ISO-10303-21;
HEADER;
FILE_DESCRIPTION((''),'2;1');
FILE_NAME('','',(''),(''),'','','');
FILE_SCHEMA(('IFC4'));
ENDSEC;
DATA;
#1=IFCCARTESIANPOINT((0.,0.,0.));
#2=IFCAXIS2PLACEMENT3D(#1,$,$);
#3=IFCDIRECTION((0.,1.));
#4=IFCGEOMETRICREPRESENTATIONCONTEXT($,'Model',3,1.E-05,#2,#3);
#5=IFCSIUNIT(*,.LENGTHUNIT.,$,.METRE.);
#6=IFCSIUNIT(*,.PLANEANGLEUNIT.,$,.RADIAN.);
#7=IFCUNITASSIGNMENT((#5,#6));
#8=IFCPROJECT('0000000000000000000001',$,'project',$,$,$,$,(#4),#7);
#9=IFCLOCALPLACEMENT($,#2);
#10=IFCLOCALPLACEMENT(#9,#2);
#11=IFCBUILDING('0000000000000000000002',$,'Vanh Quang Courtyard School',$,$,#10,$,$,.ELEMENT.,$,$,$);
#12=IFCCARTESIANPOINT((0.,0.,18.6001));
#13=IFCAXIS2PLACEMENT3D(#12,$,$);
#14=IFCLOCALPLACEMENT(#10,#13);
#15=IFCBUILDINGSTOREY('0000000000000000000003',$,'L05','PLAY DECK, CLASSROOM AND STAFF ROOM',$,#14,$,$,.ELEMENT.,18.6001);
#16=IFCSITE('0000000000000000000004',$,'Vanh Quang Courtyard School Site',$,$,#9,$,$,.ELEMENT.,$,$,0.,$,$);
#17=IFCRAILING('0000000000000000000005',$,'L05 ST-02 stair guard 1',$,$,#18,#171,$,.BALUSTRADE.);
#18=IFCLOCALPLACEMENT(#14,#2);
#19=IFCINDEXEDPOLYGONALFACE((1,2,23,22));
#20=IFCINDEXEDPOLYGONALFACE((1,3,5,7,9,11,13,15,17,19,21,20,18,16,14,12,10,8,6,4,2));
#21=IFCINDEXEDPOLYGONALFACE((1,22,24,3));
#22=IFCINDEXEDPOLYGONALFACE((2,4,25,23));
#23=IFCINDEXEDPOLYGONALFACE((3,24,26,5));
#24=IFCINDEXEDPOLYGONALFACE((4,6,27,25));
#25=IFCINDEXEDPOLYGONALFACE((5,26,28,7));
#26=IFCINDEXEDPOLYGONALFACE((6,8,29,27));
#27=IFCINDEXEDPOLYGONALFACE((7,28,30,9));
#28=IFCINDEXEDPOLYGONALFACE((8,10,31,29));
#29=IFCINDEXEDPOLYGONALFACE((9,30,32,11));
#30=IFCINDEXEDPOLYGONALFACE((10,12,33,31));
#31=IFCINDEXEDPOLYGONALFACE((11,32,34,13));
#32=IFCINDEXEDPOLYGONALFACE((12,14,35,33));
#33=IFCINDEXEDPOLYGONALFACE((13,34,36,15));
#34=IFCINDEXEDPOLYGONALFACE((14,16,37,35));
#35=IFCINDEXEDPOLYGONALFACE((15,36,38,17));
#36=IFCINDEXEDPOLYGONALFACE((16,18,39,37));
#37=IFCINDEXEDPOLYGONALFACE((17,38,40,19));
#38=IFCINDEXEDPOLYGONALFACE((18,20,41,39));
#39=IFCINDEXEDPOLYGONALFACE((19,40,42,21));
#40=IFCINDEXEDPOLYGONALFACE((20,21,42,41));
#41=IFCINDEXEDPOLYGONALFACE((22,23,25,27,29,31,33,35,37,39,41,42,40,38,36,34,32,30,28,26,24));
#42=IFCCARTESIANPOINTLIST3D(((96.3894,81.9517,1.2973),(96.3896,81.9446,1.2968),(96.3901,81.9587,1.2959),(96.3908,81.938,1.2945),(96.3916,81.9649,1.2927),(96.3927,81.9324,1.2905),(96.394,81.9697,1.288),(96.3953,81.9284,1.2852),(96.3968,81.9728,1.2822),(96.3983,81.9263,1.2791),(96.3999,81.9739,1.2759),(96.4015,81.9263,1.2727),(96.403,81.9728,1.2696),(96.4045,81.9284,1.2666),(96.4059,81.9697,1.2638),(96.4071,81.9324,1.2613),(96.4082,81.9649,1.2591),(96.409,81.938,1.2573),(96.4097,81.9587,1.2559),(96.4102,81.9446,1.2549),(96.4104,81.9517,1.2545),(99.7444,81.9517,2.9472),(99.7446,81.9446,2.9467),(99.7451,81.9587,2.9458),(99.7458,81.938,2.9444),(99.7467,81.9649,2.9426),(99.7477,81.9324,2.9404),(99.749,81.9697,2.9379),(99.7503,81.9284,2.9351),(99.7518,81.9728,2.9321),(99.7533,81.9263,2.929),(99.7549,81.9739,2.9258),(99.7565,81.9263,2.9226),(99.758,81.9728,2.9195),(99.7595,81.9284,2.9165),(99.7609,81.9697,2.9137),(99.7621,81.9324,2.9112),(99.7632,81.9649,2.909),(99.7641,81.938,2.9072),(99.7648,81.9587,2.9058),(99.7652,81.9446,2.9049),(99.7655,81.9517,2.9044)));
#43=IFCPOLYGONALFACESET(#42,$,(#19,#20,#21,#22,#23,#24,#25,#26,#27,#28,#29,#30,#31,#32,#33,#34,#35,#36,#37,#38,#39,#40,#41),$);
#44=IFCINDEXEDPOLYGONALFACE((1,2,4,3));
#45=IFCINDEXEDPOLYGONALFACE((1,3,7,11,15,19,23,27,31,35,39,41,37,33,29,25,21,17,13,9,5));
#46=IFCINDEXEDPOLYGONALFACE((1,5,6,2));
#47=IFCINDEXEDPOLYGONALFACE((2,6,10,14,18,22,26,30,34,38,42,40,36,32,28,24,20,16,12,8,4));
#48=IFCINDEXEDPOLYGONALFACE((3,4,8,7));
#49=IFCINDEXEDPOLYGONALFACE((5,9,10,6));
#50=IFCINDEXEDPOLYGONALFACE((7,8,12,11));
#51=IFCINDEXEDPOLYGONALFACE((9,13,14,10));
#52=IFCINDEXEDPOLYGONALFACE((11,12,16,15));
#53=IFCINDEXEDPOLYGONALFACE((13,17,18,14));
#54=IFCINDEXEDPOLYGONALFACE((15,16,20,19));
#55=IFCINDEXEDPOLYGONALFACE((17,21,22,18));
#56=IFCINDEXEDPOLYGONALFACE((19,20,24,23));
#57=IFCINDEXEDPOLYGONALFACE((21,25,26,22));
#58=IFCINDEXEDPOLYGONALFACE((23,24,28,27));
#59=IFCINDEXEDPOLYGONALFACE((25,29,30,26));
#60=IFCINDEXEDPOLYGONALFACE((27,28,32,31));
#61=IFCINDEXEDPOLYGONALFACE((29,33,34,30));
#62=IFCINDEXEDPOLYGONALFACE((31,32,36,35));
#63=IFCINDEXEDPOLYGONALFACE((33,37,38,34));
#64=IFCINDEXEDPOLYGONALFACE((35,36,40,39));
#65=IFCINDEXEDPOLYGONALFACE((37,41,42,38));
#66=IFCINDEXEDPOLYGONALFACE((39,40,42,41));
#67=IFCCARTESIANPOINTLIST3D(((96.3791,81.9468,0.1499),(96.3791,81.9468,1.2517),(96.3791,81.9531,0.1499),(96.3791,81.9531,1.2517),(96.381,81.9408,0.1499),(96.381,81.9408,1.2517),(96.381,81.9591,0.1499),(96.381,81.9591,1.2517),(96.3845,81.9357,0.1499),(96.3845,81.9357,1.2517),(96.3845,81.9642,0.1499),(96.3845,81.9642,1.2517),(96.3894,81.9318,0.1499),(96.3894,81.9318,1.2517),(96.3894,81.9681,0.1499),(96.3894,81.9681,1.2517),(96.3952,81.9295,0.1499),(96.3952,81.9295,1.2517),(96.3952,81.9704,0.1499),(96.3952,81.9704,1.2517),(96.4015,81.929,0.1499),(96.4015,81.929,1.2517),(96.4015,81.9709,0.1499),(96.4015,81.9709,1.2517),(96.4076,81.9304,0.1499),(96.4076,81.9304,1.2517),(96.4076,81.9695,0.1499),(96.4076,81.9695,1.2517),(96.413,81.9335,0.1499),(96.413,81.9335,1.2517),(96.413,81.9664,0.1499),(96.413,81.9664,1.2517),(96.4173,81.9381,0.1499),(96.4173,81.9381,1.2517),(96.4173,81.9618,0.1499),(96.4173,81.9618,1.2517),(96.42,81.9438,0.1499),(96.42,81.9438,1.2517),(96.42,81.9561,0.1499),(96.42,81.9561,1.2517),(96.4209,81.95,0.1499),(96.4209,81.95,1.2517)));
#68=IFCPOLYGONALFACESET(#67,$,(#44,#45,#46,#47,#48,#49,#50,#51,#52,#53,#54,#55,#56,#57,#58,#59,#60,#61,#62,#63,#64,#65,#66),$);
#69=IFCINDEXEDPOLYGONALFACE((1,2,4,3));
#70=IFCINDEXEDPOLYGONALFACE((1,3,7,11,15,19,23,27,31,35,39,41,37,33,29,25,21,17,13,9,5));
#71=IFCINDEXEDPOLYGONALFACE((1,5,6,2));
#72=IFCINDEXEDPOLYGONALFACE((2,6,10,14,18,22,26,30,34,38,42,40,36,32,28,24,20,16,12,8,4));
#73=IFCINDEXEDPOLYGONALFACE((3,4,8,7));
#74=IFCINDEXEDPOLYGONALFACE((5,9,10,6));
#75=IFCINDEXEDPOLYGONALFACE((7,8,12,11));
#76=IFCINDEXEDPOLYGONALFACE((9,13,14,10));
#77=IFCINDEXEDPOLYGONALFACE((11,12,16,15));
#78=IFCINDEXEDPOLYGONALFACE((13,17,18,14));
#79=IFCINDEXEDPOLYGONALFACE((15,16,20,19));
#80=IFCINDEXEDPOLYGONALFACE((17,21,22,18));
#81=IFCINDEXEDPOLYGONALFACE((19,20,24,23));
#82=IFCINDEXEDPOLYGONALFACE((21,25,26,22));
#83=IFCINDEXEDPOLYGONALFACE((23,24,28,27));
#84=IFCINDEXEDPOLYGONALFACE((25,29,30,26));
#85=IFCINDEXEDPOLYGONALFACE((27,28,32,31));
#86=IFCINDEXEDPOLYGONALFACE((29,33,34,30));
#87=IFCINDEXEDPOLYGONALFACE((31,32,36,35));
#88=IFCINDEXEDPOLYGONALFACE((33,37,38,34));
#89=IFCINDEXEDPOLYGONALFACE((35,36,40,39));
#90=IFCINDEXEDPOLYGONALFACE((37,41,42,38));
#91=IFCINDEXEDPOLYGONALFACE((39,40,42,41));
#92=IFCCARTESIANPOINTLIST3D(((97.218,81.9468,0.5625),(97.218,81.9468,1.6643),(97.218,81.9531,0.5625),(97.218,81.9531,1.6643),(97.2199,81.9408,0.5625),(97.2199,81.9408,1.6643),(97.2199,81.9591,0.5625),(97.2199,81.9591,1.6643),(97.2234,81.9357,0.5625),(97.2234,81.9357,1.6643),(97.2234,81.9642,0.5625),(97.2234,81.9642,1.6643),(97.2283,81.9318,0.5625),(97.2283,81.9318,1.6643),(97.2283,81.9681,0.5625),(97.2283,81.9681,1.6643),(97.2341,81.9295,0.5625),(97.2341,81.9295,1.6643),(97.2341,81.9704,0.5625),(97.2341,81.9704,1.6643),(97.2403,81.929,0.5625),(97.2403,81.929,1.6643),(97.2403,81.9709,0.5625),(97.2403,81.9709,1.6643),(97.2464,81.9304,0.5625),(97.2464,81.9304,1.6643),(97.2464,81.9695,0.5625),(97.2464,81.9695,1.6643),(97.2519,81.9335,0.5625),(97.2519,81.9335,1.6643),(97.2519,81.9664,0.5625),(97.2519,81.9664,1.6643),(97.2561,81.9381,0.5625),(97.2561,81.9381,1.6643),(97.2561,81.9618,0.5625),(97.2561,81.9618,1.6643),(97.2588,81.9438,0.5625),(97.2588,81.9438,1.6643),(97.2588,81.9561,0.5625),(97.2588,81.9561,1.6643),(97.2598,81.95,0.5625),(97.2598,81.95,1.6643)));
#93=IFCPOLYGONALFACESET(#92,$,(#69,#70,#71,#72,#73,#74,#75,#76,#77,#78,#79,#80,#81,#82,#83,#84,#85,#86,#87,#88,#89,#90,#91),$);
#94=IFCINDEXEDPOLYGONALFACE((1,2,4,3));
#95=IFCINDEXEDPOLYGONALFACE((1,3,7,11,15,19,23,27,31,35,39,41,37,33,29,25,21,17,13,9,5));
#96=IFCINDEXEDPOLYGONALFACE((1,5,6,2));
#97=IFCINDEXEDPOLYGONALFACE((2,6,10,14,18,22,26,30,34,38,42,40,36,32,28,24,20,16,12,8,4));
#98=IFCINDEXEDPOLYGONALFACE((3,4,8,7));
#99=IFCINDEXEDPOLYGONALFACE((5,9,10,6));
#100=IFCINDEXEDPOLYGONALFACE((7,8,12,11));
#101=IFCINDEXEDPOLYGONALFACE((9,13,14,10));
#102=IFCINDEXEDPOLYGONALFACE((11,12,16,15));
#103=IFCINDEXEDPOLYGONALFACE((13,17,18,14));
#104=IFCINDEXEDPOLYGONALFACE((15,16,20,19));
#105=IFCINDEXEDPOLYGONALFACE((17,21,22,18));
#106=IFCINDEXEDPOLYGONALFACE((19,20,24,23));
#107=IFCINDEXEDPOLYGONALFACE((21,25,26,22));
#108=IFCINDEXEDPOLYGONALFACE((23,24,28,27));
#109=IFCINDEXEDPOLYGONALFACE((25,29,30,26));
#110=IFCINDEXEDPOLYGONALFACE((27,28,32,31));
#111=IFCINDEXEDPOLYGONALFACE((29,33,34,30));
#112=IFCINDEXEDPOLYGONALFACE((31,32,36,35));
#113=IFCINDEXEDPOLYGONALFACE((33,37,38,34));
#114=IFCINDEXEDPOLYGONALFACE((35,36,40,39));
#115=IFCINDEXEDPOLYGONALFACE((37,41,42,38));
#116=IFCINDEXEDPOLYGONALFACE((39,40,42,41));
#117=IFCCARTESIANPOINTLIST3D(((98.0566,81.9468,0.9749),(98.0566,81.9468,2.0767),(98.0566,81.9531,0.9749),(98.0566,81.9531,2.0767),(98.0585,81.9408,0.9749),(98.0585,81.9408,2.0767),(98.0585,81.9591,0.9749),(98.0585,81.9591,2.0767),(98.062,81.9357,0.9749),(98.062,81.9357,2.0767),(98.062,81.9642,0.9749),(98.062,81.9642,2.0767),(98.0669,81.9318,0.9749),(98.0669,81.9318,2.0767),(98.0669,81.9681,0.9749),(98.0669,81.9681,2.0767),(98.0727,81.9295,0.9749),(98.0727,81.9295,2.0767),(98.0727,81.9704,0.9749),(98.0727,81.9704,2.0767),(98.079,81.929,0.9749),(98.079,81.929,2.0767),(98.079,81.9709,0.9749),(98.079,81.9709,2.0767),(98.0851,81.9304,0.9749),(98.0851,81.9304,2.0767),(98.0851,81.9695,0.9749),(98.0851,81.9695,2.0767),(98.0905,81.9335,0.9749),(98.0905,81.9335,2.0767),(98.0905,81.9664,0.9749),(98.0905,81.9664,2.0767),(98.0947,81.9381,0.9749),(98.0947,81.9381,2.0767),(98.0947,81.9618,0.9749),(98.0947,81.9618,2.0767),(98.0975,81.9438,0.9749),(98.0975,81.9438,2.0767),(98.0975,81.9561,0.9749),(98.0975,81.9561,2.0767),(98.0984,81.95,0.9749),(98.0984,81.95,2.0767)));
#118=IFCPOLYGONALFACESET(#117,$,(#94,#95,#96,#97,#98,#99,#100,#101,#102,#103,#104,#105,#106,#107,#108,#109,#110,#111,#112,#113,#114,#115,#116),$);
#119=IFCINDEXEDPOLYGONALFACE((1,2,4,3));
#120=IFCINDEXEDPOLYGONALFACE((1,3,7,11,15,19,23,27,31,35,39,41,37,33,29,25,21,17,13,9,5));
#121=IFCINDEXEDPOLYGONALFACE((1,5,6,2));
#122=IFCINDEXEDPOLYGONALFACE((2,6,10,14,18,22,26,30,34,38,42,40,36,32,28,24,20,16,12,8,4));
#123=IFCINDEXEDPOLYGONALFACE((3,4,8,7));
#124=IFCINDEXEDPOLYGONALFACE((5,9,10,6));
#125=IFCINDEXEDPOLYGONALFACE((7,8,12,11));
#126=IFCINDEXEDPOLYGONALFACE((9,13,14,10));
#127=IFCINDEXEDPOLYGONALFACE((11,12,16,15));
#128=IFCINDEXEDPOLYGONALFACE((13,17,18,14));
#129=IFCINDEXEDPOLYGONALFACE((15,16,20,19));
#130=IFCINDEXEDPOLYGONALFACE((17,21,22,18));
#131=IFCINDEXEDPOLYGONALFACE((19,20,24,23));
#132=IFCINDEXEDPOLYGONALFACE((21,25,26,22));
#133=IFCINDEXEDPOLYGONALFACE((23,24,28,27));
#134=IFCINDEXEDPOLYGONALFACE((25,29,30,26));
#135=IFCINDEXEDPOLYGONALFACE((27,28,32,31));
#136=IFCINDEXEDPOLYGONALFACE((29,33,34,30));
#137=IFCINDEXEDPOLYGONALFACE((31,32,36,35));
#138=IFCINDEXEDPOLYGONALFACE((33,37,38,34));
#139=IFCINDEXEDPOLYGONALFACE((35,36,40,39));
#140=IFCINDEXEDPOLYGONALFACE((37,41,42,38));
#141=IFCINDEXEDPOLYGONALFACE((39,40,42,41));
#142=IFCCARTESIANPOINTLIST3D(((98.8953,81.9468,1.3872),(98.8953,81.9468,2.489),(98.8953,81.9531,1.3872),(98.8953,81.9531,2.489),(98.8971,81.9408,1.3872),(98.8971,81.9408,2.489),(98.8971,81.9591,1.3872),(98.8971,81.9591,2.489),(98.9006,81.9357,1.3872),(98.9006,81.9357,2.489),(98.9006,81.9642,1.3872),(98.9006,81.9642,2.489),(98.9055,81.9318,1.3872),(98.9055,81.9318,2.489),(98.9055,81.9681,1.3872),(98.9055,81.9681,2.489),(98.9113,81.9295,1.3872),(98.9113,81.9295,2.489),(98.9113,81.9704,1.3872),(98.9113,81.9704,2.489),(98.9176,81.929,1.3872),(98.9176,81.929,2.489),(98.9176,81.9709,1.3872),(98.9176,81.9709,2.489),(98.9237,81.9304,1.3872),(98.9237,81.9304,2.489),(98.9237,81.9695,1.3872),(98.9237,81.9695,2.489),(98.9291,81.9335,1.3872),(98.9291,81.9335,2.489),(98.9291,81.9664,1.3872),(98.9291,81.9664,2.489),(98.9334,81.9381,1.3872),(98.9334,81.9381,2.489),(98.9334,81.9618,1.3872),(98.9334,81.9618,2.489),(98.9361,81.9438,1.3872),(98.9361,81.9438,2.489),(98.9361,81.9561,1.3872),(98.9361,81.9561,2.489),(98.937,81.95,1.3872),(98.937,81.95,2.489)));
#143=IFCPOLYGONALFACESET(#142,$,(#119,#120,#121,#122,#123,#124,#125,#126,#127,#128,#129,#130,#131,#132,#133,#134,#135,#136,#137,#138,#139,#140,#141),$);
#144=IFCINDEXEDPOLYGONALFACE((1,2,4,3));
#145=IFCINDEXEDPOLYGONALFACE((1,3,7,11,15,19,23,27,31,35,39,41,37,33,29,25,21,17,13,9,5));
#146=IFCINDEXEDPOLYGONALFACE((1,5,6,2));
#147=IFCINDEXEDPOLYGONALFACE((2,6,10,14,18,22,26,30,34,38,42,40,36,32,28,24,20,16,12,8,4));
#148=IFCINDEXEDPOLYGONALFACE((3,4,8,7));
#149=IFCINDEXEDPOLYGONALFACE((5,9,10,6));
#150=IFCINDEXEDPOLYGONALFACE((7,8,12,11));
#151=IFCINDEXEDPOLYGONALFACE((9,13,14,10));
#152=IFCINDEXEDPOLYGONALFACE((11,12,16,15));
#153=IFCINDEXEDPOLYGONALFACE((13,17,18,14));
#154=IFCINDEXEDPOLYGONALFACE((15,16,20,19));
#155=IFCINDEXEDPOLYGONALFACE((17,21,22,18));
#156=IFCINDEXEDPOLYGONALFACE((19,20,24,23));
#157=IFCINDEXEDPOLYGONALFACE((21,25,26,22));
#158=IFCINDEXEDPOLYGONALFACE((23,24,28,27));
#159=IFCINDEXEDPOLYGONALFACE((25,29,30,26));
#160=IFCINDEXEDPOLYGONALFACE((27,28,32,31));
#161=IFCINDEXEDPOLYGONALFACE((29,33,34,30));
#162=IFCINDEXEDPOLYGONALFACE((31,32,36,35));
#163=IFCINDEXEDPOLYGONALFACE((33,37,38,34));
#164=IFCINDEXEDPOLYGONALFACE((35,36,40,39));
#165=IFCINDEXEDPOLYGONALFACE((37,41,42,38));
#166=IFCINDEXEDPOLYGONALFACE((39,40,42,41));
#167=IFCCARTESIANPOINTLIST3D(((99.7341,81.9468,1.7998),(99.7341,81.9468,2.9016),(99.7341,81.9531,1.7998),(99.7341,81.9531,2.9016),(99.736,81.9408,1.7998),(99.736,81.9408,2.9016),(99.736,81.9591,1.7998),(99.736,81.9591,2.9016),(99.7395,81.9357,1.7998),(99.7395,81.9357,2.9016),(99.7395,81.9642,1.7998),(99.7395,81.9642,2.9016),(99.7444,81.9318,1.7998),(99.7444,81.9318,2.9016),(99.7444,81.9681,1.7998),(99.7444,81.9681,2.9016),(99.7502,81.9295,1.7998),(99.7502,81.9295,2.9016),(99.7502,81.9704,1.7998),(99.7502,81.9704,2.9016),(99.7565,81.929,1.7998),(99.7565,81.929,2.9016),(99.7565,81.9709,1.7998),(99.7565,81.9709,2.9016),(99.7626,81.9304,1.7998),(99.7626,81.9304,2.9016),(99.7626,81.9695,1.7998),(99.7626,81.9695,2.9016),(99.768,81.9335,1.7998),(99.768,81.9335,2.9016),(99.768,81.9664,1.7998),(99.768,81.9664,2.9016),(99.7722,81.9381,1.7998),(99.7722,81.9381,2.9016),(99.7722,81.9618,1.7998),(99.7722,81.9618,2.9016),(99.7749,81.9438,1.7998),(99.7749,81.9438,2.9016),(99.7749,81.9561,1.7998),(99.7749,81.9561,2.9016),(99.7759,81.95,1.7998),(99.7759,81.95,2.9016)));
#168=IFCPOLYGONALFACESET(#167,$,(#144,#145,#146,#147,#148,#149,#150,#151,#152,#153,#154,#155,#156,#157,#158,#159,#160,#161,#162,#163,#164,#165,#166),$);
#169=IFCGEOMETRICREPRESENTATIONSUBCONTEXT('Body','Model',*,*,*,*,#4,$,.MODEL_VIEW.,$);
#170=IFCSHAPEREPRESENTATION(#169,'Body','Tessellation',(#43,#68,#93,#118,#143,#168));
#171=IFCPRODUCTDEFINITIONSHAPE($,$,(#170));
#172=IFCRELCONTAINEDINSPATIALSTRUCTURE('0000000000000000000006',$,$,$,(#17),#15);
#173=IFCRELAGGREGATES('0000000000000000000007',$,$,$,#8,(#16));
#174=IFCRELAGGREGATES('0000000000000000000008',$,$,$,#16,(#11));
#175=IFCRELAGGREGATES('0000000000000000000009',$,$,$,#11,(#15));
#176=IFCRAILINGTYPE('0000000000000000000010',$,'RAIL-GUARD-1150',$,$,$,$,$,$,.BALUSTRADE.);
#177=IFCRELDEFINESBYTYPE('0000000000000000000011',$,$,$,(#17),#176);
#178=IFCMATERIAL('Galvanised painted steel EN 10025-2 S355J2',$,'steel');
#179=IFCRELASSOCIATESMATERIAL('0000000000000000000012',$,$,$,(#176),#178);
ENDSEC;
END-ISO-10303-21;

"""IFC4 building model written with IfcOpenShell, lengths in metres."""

from ifc_helpers import new_model, si_unit, direction, frame, origin, origin_2d, place, context, subcontext, project, spatial, circle, extrude, material, type_object, element, save


model = new_model("IFC4")

# Units and contexts
model_context = context("Model", 3, precision=1e-05, world=origin(), true_north=direction((0.0, 1.0)))
body_context = subcontext(model_context, "Body", "Model", "MODEL_VIEW")
ifc_project = project(units=[si_unit("LENGTHUNIT", "METRE"), si_unit("PLANEANGLEUNIT", "RADIAN")], contexts=[model_context])

# Site, building, storey
site_placement = place(None, origin())
site = spatial("IfcSite", under=ifc_project, at=site_placement, Name="Vanh Quang Courtyard School Site", CompositionType="ELEMENT", RefElevation=0.0)
building_placement = place(site_placement, origin())
building = spatial("IfcBuilding", under=site, at=building_placement, Name="Vanh Quang Courtyard School", CompositionType="ELEMENT")
storey_placement = place(building_placement, frame((0.0, 0.0, 18.6001)))
storey = spatial("IfcBuildingStorey", under=building, at=storey_placement, Name="L05", Description="PLAY DECK, CLASSROOM AND STAFF ROOM", CompositionType="ELEMENT", Elevation=18.6001)

# Railing
ifc_material_1 = material(Name="Galvanised painted steel EN 10025-2 S355J2", Category="steel")
railing_type_1 = type_object("IfcRailingType", Name="RAIL-GUARD-1150", PredefinedType="BALUSTRADE", material=ifc_material_1)
railing_1_placement = place(storey_placement, frame((96.3999, 81.95, 0.1499)))
element("IfcRailing", 1, at=railing_1_placement, inside=storey, type_object=railing_type_1, Name="L05 ST-02 stair guard 1", PredefinedType="BALUSTRADE", context=body_context, shape_type="SweptSolid", body=[
    extrude(circle(Radius=0.0239, at=origin_2d()), frame((0.0, 0.0, 1.126), z_axis=(0.897359, 0.0, 0.441301), x_axis=(0.0, 1.0, 0.0)), (0.0, 0.0, 1.0), 3.7388),
    extrude(circle(Radius=0.021, at=origin_2d()), origin(), (0.0, 0.0, 1.0), 1.1018),
    extrude(circle(Radius=0.021, at=origin_2d()), frame((0.8389, 0.0, 0.4126)), (0.0, 0.0, 1.0), 1.1018),
    extrude(circle(Radius=0.021, at=origin_2d()), frame((1.6775, 0.0, 0.825)), (0.0, 0.0, 1.0), 1.1018),
    extrude(circle(Radius=0.021, at=origin_2d()), frame((2.5161, 0.0, 1.2373)), (0.0, 0.0, 1.0), 1.1018),
    extrude(circle(Radius=0.021, at=origin_2d()), frame((3.355, 0.0, 1.6499)), (0.0, 0.0, 1.0), 1.1018),
])

save(model, "model.ifc")
